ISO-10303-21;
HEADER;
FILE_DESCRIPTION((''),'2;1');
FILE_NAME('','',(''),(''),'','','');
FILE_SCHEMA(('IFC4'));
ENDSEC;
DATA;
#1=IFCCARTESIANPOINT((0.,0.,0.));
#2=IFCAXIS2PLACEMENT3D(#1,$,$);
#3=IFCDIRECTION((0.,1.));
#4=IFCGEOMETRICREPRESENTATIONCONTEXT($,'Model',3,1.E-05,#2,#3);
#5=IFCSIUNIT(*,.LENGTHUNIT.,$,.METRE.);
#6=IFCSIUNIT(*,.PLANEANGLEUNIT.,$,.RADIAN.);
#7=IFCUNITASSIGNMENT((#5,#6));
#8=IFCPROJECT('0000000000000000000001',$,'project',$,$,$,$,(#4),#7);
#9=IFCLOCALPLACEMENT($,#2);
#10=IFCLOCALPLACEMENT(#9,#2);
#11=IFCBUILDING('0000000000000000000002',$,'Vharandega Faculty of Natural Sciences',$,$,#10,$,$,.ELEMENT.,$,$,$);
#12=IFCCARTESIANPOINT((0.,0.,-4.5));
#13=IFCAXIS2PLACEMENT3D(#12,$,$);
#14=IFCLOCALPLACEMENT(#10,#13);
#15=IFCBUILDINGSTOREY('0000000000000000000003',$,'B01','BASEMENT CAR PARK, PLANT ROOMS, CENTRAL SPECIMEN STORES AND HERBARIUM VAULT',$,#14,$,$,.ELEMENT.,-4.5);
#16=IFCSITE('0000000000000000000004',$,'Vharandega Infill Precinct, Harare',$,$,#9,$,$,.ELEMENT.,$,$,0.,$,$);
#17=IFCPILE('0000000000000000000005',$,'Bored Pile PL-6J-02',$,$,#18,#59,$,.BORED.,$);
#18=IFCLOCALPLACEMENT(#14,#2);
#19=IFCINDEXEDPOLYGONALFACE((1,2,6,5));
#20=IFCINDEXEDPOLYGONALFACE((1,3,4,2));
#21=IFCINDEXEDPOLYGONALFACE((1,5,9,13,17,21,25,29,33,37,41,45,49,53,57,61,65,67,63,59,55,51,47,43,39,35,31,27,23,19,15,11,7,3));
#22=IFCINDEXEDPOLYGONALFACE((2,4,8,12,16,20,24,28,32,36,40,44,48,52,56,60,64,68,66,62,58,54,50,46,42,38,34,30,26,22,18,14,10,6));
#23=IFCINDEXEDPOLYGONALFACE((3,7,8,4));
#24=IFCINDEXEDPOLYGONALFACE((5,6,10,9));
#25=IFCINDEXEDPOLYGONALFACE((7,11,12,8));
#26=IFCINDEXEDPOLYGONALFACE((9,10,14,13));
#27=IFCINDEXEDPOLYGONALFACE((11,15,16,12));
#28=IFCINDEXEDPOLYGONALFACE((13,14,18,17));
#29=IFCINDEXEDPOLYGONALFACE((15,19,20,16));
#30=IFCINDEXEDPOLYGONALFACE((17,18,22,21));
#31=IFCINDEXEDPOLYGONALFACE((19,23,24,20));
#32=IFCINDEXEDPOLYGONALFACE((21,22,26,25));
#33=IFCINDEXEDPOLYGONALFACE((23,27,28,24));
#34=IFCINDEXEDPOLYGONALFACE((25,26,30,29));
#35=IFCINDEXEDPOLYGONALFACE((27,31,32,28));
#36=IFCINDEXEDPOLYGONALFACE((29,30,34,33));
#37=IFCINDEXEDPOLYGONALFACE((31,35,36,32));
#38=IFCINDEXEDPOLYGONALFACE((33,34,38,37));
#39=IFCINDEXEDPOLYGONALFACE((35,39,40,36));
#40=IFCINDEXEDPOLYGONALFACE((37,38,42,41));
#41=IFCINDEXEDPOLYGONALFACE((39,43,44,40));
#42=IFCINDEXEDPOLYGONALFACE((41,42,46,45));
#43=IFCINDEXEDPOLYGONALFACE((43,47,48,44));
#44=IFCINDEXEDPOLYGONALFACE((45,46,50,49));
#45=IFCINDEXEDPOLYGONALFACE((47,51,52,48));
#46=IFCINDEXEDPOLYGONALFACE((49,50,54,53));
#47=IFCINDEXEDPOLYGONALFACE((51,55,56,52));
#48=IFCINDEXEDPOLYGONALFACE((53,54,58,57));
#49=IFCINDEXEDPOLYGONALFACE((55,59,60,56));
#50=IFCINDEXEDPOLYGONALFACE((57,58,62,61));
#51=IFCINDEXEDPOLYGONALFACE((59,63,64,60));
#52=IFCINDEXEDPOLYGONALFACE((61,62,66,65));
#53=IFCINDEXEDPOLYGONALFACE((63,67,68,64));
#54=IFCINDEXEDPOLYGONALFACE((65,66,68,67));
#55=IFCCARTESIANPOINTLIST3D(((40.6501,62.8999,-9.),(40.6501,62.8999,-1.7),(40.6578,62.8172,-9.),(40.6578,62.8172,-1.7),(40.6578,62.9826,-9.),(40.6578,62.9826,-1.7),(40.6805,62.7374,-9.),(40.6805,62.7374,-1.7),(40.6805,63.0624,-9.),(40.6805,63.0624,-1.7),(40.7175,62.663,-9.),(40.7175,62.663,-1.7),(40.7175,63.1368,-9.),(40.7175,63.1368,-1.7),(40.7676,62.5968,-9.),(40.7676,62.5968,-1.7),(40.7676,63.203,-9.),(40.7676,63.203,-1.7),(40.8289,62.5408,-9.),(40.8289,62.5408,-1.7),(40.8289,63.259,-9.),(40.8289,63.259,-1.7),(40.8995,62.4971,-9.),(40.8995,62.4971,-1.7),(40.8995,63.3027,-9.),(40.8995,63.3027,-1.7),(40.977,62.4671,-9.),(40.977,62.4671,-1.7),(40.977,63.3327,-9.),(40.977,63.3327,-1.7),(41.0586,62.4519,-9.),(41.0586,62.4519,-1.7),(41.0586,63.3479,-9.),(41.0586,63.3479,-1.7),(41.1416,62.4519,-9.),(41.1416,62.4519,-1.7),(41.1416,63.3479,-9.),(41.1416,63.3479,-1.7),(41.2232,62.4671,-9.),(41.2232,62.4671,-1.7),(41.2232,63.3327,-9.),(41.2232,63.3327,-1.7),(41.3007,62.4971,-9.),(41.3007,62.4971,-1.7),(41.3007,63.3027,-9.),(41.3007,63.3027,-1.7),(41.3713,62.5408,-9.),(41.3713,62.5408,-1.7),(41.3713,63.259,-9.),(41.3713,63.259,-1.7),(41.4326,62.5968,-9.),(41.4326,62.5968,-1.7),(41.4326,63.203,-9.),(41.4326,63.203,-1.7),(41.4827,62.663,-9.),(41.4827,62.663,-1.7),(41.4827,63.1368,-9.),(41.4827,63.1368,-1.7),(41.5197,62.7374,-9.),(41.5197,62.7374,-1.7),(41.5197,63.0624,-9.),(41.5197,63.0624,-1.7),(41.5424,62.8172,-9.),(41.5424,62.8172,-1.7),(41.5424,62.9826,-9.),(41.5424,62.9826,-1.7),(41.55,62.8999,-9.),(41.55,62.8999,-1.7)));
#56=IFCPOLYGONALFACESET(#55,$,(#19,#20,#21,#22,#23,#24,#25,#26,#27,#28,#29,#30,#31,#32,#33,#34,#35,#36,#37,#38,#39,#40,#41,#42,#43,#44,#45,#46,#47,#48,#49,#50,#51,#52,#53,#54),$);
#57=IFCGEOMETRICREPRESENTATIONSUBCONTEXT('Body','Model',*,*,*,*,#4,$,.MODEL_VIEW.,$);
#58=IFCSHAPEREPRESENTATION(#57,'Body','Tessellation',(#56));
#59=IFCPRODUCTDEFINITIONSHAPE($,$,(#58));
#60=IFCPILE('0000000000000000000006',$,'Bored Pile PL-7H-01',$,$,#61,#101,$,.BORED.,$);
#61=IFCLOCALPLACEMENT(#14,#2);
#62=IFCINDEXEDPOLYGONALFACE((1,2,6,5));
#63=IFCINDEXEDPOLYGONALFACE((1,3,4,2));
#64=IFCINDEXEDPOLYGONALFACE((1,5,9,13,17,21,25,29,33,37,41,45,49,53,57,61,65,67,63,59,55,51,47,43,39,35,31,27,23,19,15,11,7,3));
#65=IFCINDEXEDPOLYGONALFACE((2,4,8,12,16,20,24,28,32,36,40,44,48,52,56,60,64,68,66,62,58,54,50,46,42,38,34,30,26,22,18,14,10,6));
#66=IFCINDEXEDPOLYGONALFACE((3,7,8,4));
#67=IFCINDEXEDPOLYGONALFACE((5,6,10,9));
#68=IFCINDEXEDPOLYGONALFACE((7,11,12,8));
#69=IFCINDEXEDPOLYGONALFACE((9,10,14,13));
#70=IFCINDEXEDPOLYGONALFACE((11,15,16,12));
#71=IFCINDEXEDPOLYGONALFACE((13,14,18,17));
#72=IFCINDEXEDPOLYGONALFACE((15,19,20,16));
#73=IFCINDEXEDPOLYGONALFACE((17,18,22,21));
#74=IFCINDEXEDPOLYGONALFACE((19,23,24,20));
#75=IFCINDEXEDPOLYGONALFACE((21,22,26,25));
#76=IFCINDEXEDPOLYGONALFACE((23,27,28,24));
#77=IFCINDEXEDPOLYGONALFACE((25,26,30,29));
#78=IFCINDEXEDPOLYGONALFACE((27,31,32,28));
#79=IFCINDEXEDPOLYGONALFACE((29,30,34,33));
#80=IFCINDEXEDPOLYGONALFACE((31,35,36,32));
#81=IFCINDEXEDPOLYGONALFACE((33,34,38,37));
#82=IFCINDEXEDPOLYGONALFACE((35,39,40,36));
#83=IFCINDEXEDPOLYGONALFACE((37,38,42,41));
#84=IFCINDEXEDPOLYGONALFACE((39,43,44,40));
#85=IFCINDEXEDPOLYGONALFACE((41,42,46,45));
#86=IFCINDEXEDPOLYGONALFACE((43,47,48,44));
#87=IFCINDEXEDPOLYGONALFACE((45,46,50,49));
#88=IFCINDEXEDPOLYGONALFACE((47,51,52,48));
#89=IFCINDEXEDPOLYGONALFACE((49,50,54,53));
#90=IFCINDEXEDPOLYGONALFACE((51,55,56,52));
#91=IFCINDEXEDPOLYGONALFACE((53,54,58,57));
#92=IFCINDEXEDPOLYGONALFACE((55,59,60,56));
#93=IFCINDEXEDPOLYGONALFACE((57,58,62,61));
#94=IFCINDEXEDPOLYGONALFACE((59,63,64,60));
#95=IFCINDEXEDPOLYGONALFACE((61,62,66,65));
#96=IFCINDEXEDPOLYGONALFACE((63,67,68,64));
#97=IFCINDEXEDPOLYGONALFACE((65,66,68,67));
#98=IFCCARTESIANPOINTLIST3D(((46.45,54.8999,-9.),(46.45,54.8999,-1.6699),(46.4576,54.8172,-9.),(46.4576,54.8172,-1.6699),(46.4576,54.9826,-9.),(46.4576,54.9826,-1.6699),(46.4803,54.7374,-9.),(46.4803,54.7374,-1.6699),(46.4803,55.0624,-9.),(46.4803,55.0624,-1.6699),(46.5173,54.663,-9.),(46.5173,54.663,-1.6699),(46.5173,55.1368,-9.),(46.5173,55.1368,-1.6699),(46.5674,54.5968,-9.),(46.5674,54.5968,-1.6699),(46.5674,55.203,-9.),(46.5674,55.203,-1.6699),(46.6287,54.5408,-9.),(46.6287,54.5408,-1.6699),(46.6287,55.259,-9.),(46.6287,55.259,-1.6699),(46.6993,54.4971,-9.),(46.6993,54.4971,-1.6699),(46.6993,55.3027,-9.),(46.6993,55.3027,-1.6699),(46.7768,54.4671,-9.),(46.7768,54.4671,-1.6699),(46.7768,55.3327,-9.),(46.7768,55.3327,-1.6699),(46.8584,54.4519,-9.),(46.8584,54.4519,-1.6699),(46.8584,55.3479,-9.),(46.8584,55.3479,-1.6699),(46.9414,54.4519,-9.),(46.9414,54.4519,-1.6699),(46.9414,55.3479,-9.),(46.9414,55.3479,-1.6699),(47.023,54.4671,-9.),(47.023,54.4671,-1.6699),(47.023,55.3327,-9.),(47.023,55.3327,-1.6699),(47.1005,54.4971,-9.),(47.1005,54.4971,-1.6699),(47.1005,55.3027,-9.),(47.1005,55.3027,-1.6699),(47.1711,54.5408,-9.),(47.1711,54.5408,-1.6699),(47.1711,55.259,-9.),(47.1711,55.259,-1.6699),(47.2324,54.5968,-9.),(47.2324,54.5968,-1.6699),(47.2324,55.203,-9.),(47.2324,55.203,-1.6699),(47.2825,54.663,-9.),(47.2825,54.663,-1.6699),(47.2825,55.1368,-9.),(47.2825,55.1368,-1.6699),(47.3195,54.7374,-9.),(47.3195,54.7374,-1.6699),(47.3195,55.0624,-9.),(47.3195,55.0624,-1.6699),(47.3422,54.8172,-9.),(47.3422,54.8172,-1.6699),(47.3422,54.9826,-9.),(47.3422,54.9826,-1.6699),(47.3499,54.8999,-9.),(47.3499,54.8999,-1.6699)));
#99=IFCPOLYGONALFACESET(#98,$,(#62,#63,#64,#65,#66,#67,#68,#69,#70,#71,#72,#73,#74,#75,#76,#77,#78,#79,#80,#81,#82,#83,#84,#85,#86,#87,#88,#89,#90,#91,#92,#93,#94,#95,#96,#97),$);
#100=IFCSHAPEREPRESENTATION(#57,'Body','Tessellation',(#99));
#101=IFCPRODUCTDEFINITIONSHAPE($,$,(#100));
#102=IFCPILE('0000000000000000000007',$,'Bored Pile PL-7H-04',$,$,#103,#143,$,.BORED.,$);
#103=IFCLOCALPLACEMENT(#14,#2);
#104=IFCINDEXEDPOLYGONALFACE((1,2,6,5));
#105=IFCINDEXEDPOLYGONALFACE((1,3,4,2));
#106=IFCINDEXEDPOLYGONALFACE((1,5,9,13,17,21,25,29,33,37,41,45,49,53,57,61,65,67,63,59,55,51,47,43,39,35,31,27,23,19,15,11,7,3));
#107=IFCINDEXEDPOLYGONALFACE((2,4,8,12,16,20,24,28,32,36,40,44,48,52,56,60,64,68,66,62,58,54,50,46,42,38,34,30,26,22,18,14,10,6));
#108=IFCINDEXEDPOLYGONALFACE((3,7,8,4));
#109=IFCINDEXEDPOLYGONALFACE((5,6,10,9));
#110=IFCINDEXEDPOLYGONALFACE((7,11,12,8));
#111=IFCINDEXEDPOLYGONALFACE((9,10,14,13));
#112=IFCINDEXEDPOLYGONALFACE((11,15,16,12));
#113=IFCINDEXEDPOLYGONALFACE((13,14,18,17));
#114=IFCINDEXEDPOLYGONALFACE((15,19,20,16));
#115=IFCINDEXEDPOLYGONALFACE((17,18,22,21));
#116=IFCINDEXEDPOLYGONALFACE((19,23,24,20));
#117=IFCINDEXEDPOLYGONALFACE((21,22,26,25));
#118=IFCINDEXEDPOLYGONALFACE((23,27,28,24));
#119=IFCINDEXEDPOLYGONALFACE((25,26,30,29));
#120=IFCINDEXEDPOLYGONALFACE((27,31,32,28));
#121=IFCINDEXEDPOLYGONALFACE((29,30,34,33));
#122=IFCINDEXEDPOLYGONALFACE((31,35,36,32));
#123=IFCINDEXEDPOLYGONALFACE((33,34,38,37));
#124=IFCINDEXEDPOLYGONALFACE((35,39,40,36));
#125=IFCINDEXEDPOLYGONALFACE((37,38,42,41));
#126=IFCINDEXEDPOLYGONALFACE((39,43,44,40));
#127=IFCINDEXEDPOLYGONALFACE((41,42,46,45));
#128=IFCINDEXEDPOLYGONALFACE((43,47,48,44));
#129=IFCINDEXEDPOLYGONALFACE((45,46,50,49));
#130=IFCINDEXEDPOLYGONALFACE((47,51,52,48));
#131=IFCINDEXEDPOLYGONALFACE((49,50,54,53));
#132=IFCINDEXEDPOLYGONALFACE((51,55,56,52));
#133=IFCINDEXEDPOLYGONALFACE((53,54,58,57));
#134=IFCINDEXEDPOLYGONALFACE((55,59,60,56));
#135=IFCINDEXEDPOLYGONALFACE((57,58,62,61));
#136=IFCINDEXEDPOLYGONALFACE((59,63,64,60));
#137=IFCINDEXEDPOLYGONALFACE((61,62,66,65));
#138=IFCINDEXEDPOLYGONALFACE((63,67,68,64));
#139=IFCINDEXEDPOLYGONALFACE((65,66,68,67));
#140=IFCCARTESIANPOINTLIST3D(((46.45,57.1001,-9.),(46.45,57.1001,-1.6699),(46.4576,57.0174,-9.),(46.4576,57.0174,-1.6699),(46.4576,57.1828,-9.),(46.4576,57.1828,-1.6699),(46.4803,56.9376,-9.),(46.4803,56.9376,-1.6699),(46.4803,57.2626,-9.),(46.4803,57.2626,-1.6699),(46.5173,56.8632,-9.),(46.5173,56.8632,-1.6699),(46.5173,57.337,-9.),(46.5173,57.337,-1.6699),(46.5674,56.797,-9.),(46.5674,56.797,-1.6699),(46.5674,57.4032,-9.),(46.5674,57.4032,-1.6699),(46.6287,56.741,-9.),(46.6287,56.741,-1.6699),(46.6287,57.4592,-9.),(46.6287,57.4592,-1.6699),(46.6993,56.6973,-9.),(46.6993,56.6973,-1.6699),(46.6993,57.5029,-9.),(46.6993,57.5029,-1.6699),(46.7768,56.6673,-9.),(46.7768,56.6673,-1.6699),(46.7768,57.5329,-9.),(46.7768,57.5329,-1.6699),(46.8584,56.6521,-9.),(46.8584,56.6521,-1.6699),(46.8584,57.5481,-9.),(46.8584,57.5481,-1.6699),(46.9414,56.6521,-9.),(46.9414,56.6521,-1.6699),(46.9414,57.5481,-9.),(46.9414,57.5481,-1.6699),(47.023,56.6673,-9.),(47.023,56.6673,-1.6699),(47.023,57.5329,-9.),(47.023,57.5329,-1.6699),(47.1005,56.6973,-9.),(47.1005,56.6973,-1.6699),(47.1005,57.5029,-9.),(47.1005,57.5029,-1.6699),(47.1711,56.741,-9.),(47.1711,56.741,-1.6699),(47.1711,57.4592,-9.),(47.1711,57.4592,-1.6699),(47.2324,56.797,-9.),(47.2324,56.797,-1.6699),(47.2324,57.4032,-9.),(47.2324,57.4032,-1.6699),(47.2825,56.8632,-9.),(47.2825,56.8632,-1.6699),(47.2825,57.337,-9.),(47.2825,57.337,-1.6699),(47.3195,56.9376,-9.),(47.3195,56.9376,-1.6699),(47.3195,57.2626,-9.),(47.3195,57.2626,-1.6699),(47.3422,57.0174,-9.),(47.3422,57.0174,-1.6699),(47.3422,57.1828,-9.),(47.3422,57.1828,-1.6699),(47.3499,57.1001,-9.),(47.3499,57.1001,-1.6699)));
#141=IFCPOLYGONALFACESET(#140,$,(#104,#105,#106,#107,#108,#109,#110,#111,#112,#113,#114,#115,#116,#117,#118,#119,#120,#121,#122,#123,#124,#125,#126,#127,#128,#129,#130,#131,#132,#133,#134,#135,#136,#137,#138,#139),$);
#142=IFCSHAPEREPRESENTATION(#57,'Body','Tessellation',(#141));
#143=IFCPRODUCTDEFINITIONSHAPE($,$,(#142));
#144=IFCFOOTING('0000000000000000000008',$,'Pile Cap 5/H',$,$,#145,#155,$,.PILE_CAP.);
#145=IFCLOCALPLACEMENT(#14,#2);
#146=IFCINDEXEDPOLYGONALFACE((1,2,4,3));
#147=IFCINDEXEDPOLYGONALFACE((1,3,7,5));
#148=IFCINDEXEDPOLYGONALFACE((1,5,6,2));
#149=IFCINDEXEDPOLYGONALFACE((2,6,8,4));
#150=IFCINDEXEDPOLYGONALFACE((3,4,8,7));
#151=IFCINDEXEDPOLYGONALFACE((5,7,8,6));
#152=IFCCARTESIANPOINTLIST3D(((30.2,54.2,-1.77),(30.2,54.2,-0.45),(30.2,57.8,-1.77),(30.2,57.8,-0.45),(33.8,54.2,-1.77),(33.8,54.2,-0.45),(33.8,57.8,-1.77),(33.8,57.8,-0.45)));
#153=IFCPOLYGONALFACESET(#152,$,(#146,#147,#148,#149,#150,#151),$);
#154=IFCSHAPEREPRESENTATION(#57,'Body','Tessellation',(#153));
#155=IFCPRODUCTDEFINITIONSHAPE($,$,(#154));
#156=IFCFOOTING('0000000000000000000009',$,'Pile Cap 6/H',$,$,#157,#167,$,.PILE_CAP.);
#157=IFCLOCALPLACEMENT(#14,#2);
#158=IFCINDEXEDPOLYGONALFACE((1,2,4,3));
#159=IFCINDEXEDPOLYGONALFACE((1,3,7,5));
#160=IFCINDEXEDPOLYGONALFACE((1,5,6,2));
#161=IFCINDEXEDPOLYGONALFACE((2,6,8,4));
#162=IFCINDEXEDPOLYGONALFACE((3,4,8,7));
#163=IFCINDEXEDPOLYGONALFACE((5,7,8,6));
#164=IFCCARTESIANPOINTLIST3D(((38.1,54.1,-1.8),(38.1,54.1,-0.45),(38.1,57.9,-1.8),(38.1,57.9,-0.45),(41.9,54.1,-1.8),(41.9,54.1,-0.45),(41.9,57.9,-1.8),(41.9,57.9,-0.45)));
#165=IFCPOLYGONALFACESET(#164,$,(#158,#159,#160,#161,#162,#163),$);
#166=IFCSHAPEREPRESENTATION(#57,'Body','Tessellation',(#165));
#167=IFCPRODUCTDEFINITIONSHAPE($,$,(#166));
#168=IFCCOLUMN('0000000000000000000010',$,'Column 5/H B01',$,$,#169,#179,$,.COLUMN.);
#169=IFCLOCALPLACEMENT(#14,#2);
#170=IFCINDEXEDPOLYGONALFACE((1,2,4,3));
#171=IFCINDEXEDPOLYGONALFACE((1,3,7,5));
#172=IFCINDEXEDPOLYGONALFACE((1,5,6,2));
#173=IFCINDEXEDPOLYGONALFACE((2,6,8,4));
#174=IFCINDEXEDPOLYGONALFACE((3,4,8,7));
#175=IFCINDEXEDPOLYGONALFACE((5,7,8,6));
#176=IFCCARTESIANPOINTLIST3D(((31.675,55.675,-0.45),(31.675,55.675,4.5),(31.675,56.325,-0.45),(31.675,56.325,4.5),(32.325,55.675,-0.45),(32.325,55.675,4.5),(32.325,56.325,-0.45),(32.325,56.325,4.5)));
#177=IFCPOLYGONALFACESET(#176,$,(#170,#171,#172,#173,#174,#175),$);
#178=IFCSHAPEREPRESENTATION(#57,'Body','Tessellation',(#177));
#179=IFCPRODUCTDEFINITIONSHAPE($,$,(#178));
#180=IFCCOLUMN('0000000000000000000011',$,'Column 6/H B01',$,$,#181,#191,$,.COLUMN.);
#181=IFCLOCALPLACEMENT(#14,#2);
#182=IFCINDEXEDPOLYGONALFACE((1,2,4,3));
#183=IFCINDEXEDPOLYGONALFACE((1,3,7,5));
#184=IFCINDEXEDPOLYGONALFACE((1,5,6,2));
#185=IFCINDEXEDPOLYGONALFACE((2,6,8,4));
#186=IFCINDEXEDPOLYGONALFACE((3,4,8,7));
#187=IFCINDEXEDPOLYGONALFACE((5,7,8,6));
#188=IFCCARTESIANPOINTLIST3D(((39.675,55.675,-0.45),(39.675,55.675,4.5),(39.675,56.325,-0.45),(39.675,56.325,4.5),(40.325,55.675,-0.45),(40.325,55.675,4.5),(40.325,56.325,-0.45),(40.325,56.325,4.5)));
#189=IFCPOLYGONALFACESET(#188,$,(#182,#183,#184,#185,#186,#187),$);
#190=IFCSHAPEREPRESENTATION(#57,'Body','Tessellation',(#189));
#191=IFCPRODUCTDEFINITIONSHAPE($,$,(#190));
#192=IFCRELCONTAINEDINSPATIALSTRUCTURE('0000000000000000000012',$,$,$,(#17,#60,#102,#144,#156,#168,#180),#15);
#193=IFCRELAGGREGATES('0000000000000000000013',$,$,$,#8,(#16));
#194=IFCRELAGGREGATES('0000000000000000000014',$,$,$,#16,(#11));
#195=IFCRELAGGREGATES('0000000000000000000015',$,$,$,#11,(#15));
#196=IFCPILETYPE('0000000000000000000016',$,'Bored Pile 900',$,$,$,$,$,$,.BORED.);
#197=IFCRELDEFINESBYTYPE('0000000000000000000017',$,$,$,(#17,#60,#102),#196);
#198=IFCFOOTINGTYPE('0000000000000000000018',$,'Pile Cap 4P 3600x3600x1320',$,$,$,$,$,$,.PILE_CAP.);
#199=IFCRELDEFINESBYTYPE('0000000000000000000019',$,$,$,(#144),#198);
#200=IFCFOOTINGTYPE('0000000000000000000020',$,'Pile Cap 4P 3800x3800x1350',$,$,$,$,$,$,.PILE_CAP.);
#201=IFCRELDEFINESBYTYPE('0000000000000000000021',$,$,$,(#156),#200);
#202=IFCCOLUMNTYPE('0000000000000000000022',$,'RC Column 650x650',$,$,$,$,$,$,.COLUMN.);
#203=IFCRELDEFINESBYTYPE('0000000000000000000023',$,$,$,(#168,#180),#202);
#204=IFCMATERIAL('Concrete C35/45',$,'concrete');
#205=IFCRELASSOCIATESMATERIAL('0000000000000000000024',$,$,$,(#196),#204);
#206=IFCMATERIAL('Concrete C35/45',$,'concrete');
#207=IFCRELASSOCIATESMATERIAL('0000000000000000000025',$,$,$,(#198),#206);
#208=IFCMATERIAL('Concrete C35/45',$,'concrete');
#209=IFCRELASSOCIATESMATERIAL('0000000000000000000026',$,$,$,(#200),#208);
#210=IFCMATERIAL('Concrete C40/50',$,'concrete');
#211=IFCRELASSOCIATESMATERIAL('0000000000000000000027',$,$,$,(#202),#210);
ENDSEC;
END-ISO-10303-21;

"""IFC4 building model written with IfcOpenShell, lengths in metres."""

from ifc_helpers import new_model, si_unit, direction, frame, origin, origin_2d, place, context, subcontext, project, spatial, rectangle, circle, extrude, material, material_profile, profile_set, type_object, element, save


model = new_model("IFC4")

# Units and contexts
model_context = context("Model", 3, precision=1e-05, world=origin(), true_north=direction((0.0, 1.0)))
body_context = subcontext(model_context, "Body", "Model", "MODEL_VIEW")
ifc_project = project(units=[si_unit("LENGTHUNIT", "METRE"), si_unit("PLANEANGLEUNIT", "RADIAN")], contexts=[model_context])

# Site, building, storey
site_placement = place(None, origin())
site = spatial("IfcSite", under=ifc_project, at=site_placement, Name="Vharandega Infill Precinct, Harare", CompositionType="ELEMENT", RefElevation=0.0)
building_placement = place(site_placement, origin())
building = spatial("IfcBuilding", under=site, at=building_placement, Name="Vharandega Faculty of Natural Sciences", CompositionType="ELEMENT")
storey_placement = place(building_placement, frame((0.0, 0.0, -4.5)))
storey = spatial("IfcBuildingStorey", under=building, at=storey_placement, Name="B01", Description="BASEMENT CAR PARK, PLANT ROOMS, CENTRAL SPECIMEN STORES AND HERBARIUM VAULT", CompositionType="ELEMENT", Elevation=-4.5)

# Piles
ifc_material_1 = material(Name="Concrete C35/45", Category="concrete")
ifc_material_profile_1 = material_profile(ifc_material_1, circle(Radius=0.45, at=origin_2d()), Name="PILE 900")
ifc_profile_set_1 = profile_set([ifc_material_profile_1], Name="Concrete C35/45")
pile_type = type_object("IfcPileType", Name="Bored Pile 900", PredefinedType="BORED", material=ifc_profile_set_1)
for number, where, z_axis, x_axis, name in (
    (1, (41.1001, 62.8999, -1.7), (0.0, 0.0, -1.0), (1.0, 0.0, 0.0), "Bored Pile PL-6J-02"),
):
    element("IfcPile", number, at=place(storey_placement, frame(where, z_axis=z_axis, x_axis=x_axis)), inside=storey, type_object=pile_type, Name=name, PredefinedType="BORED", context=body_context, shape_type="SweptSolid", body=[
        extrude(circle(Radius=0.45, at=origin_2d()), origin(), (0.0, 0.0, 1.0), 7.3),
    ])
for number, where, z_axis, x_axis, name in (
    (2, (46.8999, 54.8999, -1.6699), (0.0, 0.0, -1.0), (1.0, 0.0, 0.0), "Bored Pile PL-7H-01"),
    (3, (46.8999, 57.1001, -1.6699), (0.0, 0.0, -1.0), (1.0, 0.0, 0.0), "Bored Pile PL-7H-04"),
):
    element("IfcPile", number, at=place(storey_placement, frame(where, z_axis=z_axis, x_axis=x_axis)), inside=storey, type_object=pile_type, Name=name, PredefinedType="BORED", context=body_context, shape_type="SweptSolid", body=[
        extrude(circle(Radius=0.45, at=origin_2d()), origin(), (0.0, 0.0, 1.0), 7.3301),
    ])

# Footings
ifc_material_2 = material(Name="Concrete C35/45", Category="concrete")
footing_type_1 = type_object("IfcFootingType", Name="Pile Cap 4P 3600x3600x1320", PredefinedType="PILE_CAP", material=ifc_material_2)
footing_1_placement = place(storey_placement, frame((32.0, 56.0, -1.77), z_axis=(0.0, 0.0, 1.0), x_axis=(1.0, 0.0, 0.0)))
element("IfcFooting", 4, at=footing_1_placement, inside=storey, type_object=footing_type_1, Name="Pile Cap 5/H", PredefinedType="PILE_CAP", context=body_context, shape_type="SweptSolid", body=[
    extrude(rectangle(XDim=3.6001, YDim=3.6001, at=origin_2d()), origin(), (0.0, 0.0, 1.0), 1.3201),
])
ifc_material_3 = material(Name="Concrete C35/45", Category="concrete")
footing_type_2 = type_object("IfcFootingType", Name="Pile Cap 4P 3800x3800x1350", PredefinedType="PILE_CAP", material=ifc_material_3)
footing_2_placement = place(storey_placement, frame((40.0, 56.0, -1.8), z_axis=(0.0, 0.0, 1.0), x_axis=(1.0, 0.0, 0.0)))
element("IfcFooting", 5, at=footing_2_placement, inside=storey, type_object=footing_type_2, Name="Pile Cap 6/H", PredefinedType="PILE_CAP", context=body_context, shape_type="SweptSolid", body=[
    extrude(rectangle(XDim=3.8, YDim=3.8, at=origin_2d()), origin(), (0.0, 0.0, 1.0), 1.3501),
])

# Columns
ifc_material_4 = material(Name="Concrete C40/50", Category="concrete")
ifc_material_profile_2 = material_profile(ifc_material_4, rectangle(XDim=0.6499, YDim=0.6499, at=origin_2d()), Name="RC 650x650")
ifc_profile_set_2 = profile_set([ifc_material_profile_2], Name="Concrete C40/50")
column_type = type_object("IfcColumnType", Name="RC Column 650x650", PredefinedType="COLUMN", material=ifc_profile_set_2)
for number, where, z_axis, x_axis, name in (
    (6, (32.0, 56.0, -0.45), (0.0, 0.0, 1.0), (1.0, 0.0, 0.0), "Column 5/H B01"),
    (7, (40.0, 56.0, -0.45), (0.0, 0.0, 1.0), (1.0, 0.0, 0.0), "Column 6/H B01"),
):
    element("IfcColumn", number, at=place(storey_placement, frame(where, z_axis=z_axis, x_axis=x_axis)), inside=storey, type_object=column_type, Name=name, PredefinedType="COLUMN", context=body_context, shape_type="SweptSolid", body=[
        extrude(rectangle(XDim=0.6499, YDim=0.6499, at=origin_2d()), origin(), (0.0, 0.0, 1.0), 4.95),
    ])

save(model, "model.ifc")
